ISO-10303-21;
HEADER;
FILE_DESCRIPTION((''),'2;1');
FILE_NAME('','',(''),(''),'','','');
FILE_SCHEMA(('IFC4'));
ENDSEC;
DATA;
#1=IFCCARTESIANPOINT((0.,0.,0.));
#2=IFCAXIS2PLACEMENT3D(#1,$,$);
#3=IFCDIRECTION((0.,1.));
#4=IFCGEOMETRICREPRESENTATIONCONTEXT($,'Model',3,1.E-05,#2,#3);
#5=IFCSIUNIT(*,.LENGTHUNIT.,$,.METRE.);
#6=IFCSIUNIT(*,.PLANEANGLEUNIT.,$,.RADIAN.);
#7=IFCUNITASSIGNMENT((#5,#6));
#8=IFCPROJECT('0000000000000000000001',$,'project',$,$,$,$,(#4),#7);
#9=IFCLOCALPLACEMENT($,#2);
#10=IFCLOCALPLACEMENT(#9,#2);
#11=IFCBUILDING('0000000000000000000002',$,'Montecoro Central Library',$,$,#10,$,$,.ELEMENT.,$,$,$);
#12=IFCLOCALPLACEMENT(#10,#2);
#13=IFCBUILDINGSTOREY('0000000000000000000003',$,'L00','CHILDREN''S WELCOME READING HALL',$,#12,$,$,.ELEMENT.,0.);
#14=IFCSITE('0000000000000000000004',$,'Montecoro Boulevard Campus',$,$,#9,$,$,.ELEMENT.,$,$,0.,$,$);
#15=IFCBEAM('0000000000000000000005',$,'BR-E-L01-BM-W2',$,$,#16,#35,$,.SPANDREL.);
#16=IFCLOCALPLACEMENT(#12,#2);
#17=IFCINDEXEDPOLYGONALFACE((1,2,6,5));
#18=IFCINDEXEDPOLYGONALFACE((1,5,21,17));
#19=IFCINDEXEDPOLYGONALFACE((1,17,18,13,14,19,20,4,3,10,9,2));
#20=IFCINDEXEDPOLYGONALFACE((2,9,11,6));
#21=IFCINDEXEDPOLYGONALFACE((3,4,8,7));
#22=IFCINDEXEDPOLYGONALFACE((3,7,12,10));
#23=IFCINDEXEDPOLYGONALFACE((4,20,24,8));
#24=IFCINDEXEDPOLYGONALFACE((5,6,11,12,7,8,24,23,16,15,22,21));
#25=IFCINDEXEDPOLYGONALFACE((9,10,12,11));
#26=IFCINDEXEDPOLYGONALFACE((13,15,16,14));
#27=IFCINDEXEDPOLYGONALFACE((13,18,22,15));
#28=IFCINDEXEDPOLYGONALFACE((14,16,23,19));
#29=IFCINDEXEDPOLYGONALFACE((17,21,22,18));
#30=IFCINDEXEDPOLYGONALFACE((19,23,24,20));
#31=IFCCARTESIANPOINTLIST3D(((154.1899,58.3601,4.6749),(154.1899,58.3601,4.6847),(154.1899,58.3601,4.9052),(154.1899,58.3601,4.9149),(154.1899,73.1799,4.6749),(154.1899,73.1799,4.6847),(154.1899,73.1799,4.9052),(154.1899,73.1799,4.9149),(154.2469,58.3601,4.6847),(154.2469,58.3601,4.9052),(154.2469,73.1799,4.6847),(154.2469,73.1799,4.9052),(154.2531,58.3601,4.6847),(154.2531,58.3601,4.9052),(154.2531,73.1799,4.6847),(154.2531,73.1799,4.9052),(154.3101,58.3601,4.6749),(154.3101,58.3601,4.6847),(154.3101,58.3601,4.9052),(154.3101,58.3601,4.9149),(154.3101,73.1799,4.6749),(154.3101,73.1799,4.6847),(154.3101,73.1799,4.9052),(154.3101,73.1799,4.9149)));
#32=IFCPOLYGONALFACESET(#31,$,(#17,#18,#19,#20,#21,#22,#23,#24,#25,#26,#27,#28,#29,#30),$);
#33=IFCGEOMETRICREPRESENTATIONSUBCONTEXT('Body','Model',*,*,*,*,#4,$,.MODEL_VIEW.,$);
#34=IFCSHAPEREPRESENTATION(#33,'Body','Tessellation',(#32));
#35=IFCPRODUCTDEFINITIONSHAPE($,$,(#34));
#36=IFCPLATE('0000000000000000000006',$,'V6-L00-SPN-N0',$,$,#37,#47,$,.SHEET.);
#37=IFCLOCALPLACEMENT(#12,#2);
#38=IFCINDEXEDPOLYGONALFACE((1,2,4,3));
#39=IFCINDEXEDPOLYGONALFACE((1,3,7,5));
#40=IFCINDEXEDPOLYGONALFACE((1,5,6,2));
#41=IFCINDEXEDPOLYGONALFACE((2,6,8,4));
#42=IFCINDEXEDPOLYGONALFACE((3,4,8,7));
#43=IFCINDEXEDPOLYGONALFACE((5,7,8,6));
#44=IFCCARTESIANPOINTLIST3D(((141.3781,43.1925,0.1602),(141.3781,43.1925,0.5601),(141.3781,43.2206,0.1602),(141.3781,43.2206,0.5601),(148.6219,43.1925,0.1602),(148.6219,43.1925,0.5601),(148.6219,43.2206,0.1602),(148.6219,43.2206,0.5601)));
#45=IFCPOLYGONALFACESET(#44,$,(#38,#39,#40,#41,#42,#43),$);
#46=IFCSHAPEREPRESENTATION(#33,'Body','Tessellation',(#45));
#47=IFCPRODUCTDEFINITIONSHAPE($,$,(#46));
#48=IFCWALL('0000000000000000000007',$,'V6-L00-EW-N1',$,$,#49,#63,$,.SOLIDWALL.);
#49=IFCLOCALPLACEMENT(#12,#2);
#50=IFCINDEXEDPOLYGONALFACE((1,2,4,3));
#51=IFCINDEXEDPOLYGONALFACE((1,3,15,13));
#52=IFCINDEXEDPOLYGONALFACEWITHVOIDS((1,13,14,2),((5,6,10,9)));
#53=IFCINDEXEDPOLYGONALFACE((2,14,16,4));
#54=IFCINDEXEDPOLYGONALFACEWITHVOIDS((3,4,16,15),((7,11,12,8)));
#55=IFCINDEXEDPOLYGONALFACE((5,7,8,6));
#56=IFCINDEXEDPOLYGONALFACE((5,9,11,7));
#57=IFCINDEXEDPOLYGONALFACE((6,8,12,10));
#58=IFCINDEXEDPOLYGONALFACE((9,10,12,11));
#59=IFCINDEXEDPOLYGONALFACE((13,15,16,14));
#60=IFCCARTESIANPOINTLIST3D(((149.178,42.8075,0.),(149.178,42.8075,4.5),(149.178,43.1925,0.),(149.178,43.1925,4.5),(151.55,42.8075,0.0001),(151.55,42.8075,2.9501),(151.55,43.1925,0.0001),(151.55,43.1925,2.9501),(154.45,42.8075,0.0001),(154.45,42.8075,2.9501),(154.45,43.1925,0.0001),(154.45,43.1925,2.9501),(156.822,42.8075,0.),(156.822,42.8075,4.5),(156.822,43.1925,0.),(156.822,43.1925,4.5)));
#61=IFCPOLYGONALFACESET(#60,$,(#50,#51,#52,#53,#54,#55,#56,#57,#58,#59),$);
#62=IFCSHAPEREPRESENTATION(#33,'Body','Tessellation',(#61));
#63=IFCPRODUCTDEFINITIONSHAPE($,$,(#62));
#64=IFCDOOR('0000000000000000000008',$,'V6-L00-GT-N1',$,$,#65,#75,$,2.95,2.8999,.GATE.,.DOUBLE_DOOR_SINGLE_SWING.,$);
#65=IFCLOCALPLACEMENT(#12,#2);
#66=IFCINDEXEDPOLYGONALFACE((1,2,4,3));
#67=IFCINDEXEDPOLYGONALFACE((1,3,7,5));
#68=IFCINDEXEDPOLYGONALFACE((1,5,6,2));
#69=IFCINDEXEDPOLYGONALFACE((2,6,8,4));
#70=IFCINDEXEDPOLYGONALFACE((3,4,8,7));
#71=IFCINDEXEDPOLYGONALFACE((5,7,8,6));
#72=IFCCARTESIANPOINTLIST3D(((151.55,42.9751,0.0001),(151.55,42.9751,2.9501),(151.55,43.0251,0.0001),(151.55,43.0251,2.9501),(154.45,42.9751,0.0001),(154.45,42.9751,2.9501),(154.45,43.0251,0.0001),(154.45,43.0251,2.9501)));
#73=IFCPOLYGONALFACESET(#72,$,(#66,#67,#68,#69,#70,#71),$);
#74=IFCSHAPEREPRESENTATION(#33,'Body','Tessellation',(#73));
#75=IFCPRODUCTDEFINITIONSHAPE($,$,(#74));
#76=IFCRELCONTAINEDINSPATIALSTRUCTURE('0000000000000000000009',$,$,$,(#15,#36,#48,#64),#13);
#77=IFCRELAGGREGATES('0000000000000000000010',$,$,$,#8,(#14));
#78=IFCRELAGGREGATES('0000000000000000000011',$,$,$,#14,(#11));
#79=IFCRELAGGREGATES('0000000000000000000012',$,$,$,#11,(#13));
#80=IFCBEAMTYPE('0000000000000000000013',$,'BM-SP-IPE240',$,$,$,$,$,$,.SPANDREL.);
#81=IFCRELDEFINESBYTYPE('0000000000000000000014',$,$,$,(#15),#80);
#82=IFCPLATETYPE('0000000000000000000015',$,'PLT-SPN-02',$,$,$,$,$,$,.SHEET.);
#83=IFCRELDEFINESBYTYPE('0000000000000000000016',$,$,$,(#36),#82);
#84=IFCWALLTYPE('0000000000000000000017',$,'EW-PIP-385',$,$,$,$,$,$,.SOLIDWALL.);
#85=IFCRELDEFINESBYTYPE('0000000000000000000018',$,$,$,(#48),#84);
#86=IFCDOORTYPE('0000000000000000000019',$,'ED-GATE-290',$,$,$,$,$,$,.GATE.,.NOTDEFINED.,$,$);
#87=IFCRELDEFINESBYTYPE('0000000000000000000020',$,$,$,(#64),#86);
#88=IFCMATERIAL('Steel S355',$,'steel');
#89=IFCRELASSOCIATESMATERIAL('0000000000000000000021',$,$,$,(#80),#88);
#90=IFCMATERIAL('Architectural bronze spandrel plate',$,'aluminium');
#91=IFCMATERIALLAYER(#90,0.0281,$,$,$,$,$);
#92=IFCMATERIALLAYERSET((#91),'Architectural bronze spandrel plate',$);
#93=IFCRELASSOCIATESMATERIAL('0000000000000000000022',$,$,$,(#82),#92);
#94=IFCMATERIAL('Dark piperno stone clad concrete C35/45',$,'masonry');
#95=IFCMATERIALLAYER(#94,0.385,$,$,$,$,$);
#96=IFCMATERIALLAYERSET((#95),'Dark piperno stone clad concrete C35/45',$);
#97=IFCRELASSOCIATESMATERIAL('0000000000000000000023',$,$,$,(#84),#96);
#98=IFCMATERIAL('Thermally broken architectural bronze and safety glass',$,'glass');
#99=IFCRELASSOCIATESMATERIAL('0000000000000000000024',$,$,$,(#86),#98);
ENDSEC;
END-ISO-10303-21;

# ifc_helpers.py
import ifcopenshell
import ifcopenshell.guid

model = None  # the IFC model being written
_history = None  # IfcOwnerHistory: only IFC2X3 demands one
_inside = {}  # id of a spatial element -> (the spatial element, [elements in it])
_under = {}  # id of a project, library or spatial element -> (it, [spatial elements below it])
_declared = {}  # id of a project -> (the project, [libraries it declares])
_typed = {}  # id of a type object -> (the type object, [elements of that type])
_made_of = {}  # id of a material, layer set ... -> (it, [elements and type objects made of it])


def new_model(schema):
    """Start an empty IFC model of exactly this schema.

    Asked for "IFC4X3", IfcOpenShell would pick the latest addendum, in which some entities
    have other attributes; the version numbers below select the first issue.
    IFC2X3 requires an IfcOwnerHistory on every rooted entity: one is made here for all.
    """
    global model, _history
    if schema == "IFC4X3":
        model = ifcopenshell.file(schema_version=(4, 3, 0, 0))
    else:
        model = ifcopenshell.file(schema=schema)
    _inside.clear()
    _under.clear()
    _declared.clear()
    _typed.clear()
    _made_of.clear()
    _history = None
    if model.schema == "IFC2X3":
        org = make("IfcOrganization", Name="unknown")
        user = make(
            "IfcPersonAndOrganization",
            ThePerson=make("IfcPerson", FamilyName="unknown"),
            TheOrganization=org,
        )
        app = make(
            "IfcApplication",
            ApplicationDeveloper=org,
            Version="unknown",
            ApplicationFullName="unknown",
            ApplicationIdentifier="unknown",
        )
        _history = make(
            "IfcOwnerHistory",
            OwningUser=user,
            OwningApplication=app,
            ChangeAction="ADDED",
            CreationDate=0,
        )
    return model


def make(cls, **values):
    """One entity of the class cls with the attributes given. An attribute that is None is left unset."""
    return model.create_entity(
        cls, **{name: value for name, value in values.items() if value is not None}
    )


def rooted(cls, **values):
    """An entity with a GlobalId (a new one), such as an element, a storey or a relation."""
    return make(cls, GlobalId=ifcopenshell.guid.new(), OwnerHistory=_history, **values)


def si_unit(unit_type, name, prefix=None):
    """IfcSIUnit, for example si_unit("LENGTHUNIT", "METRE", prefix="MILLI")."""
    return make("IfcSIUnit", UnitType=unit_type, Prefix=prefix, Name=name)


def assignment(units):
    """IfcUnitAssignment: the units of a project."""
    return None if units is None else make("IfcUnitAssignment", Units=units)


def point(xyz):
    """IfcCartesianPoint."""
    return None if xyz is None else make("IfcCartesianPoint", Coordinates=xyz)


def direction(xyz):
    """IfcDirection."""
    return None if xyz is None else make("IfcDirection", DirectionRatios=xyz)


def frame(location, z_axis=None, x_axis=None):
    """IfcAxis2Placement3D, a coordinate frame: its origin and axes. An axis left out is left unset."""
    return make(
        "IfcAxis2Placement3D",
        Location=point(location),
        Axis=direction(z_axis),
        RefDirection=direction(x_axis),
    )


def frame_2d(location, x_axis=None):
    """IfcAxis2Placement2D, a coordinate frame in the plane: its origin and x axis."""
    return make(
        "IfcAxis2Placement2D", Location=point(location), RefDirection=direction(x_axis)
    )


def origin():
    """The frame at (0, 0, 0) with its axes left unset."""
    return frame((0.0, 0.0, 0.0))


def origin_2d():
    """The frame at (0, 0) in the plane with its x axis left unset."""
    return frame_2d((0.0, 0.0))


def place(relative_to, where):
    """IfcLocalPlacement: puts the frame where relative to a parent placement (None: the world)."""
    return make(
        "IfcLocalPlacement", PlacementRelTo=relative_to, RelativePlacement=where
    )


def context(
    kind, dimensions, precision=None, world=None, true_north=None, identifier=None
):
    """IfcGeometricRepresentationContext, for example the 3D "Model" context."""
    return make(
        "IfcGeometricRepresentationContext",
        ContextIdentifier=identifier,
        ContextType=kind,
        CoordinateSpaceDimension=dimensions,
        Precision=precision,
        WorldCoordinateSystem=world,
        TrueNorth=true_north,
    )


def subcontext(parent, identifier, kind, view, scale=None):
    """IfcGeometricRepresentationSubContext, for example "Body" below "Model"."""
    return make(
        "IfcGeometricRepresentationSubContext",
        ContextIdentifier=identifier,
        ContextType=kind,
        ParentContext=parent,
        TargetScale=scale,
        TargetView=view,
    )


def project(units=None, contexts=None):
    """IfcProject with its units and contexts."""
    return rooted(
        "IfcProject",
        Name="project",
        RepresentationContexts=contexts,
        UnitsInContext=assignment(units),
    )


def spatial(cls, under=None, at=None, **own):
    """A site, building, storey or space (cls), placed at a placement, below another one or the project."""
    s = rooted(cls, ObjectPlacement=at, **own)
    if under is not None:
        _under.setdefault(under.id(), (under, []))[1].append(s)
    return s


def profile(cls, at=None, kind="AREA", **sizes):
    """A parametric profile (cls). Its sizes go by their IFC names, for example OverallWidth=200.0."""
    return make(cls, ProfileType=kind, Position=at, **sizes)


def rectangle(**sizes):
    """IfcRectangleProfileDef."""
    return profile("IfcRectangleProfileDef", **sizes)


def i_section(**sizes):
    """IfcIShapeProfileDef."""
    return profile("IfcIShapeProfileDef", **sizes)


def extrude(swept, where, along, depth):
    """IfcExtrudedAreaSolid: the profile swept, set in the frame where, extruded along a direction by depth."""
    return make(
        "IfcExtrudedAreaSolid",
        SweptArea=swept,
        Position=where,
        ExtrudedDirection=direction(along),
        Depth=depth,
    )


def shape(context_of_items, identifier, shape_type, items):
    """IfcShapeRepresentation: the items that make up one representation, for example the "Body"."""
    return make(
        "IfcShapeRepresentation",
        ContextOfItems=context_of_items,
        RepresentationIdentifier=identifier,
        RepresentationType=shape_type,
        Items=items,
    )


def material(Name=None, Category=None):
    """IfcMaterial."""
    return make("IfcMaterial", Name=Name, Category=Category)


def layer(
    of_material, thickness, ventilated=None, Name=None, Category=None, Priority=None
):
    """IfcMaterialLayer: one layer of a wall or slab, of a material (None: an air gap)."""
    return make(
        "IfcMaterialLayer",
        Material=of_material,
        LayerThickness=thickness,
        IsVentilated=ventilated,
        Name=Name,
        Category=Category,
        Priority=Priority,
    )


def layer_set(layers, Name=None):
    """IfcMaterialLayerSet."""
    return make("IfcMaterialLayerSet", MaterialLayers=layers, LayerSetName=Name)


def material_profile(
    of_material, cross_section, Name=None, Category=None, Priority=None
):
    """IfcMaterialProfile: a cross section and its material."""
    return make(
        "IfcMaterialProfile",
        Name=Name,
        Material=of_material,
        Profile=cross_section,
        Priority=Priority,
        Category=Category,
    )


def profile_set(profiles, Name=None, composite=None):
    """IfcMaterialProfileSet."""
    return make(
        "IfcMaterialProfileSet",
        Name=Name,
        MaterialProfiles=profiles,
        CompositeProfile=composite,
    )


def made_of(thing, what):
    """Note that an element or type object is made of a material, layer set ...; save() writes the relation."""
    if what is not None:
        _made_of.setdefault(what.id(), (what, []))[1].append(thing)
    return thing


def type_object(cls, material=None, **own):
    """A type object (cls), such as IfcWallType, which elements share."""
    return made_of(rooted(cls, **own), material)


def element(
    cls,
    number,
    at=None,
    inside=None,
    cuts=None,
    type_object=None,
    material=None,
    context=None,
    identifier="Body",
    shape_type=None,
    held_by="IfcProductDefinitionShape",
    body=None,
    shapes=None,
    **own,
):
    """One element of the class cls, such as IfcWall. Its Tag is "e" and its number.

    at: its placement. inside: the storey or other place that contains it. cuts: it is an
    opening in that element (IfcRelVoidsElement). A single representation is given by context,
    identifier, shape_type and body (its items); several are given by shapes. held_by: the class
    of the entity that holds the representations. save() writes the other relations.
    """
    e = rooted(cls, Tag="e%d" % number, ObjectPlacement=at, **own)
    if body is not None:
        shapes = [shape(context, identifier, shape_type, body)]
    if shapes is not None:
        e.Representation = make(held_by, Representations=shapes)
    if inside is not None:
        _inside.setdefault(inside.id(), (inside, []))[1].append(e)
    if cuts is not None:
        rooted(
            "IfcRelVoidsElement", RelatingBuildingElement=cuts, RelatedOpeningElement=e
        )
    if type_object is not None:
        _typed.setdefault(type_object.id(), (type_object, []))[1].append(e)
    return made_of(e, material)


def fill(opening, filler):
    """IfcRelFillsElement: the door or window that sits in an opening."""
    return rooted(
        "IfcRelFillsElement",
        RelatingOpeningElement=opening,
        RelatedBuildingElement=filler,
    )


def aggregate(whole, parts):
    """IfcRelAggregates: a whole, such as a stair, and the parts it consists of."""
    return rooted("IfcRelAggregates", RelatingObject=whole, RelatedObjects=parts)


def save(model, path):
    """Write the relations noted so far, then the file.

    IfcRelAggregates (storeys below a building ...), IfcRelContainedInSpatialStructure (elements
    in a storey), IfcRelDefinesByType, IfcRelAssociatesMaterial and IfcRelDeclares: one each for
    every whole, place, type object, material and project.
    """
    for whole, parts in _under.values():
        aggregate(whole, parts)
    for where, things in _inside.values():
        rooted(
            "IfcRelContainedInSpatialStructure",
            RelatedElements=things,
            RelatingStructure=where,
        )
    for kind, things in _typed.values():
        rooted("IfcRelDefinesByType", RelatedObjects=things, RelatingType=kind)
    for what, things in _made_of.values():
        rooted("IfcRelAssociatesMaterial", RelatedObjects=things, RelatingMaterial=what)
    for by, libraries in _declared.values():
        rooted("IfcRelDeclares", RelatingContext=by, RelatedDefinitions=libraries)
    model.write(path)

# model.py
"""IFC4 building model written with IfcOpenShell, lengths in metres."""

from ifc_helpers import new_model, si_unit, direction, frame, frame_2d, origin, origin_2d, place, context, subcontext, project, spatial, rectangle, i_section, extrude, material, layer, layer_set, material_profile, profile_set, type_object, element, fill, save


model = new_model("IFC4")

# Units and contexts
model_context = context("Model", 3, precision=1e-05, world=origin(), true_north=direction((0.0, 1.0)))
body_context = subcontext(model_context, "Body", "Model", "MODEL_VIEW")
ifc_project = project(units=[si_unit("LENGTHUNIT", "METRE"), si_unit("PLANEANGLEUNIT", "RADIAN")], contexts=[model_context])

# Site, building, storey
site_placement = place(None, origin())
site = spatial("IfcSite", under=ifc_project, at=site_placement, Name="Montecoro Boulevard Campus", CompositionType="ELEMENT", RefElevation=0.0)
building_placement = place(site_placement, origin())
building = spatial("IfcBuilding", under=site, at=building_placement, Name="Montecoro Central Library", CompositionType="ELEMENT")
storey_placement = place(building_placement, origin())
storey = spatial("IfcBuildingStorey", under=building, at=storey_placement, Name="L00", Description="CHILDREN'S WELCOME READING HALL", CompositionType="ELEMENT", Elevation=0.0)

# Shared definitions
ifc_material_1 = material(Name="Steel S355", Category="steel")

# Beam
ifc_material_profile_1 = material_profile(ifc_material_1, i_section(OverallWidth=0.1201, OverallDepth=0.24, WebThickness=0.0061, FlangeThickness=0.0098, at=origin_2d()), Name="IPE 240")
ifc_profile_set_1 = profile_set([ifc_material_profile_1], Name="Steel S355")
beam_type_1 = type_object("IfcBeamType", Name="BM-SP-IPE240", PredefinedType="SPANDREL", material=ifc_profile_set_1)
beam_1_placement = place(storey_placement, frame((154.25, 58.3601, 4.7949), z_axis=(0.0, 1.0, 0.0), x_axis=(-1.0, 0.0, 0.0)))
element("IfcBeam", 1, at=beam_1_placement, inside=storey, type_object=beam_type_1, Name="BR-E-L01-BM-W2", PredefinedType="SPANDREL", context=body_context, shape_type="SweptSolid", body=[
    extrude(i_section(OverallWidth=0.1201, OverallDepth=0.24, WebThickness=0.0061, FlangeThickness=0.0098, at=origin_2d()), origin(), (0.0, 0.0, 1.0), 14.8198),
])

# Plate
ifc_material_2 = material(Name="Architectural bronze spandrel plate", Category="aluminium")
ifc_layer_1 = layer(ifc_material_2, 0.0281)
ifc_layer_set_1 = layer_set([ifc_layer_1], Name="Architectural bronze spandrel plate")
plate_type = type_object("IfcPlateType", Name="PLT-SPN-02", PredefinedType="SHEET", material=ifc_layer_set_1)
plate_placement = place(storey_placement, frame((145.0, 43.2065, 0.1602), z_axis=(0.0, 0.0, 1.0), x_axis=(-1.0, 0.0, 0.0)))
element("IfcPlate", 2, at=plate_placement, inside=storey, type_object=plate_type, Name="V6-L00-SPN-N0", PredefinedType="SHEET", context=body_context, shape_type="SweptSolid", body=[
    extrude(rectangle(XDim=7.2439, YDim=0.0281, at=origin_2d()), origin(), (0.0, 0.0, 1.0), 0.3999),
])

# Wall, opening, door
ifc_material_3 = material(Name="Dark piperno stone clad concrete C35/45", Category="masonry")
ifc_layer_2 = layer(ifc_material_3, 0.385)
ifc_layer_set_2 = layer_set([ifc_layer_2], Name="Dark piperno stone clad concrete C35/45")
wall_type = type_object("IfcWallType", Name="EW-PIP-385", PredefinedType="SOLIDWALL", material=ifc_layer_set_2)
wall_placement = place(storey_placement, frame((156.822, 43.0, 0.0), z_axis=(0.0, 0.0, 1.0), x_axis=(-1.0, 0.0, 0.0)))
wall = element("IfcWall", 3, at=wall_placement, inside=storey, type_object=wall_type, Name="V6-L00-EW-N1", PredefinedType="SOLIDWALL", context=body_context, shape_type="SweptSolid", body=[
    extrude(rectangle(XDim=7.644, YDim=0.385, at=frame_2d((3.822, 0.0))), origin(), (0.0, 0.0, 1.0), 4.5),
])
opening_placement = place(wall_placement, frame((2.3721, 0.0, 0.0)))
opening = element("IfcOpeningElement", 4, at=opening_placement, cuts=wall, PredefinedType="OPENING", context=body_context, shape_type="SweptSolid", body=[
    extrude(rectangle(XDim=2.8999, YDim=2.95, at=frame_2d((1.45, 1.4751))), frame((0.0, 0.2024, 0.0), z_axis=(0.0, -1.0, 0.0), x_axis=(1.0, 0.0, 0.0)), (0.0, 0.0, 1.0), 0.405),
])
ifc_material_4 = material(Name="Thermally broken architectural bronze and safety glass", Category="glass")
door_type = type_object("IfcDoorType", Name="ED-GATE-290", OperationType="NOTDEFINED", PredefinedType="GATE", material=ifc_material_4)
door_placement = place(opening_placement, origin())
door = element("IfcDoor", 5, at=door_placement, inside=storey, type_object=door_type, Name="V6-L00-GT-N1", OperationType="DOUBLE_DOOR_SINGLE_SWING", OverallHeight=2.95, OverallWidth=2.8999, PredefinedType="GATE", context=body_context, shape_type="SweptSolid", body=[
    extrude(rectangle(XDim=2.8999, YDim=2.95, at=frame_2d((1.45, 1.4751))), frame((0.0, 0.0249, 0.0), z_axis=(0.0, -1.0, 0.0), x_axis=(1.0, 0.0, 0.0)), (0.0, 0.0, 1.0), 0.05),
])
fill(opening, door)

save(model, "model.ifc")
